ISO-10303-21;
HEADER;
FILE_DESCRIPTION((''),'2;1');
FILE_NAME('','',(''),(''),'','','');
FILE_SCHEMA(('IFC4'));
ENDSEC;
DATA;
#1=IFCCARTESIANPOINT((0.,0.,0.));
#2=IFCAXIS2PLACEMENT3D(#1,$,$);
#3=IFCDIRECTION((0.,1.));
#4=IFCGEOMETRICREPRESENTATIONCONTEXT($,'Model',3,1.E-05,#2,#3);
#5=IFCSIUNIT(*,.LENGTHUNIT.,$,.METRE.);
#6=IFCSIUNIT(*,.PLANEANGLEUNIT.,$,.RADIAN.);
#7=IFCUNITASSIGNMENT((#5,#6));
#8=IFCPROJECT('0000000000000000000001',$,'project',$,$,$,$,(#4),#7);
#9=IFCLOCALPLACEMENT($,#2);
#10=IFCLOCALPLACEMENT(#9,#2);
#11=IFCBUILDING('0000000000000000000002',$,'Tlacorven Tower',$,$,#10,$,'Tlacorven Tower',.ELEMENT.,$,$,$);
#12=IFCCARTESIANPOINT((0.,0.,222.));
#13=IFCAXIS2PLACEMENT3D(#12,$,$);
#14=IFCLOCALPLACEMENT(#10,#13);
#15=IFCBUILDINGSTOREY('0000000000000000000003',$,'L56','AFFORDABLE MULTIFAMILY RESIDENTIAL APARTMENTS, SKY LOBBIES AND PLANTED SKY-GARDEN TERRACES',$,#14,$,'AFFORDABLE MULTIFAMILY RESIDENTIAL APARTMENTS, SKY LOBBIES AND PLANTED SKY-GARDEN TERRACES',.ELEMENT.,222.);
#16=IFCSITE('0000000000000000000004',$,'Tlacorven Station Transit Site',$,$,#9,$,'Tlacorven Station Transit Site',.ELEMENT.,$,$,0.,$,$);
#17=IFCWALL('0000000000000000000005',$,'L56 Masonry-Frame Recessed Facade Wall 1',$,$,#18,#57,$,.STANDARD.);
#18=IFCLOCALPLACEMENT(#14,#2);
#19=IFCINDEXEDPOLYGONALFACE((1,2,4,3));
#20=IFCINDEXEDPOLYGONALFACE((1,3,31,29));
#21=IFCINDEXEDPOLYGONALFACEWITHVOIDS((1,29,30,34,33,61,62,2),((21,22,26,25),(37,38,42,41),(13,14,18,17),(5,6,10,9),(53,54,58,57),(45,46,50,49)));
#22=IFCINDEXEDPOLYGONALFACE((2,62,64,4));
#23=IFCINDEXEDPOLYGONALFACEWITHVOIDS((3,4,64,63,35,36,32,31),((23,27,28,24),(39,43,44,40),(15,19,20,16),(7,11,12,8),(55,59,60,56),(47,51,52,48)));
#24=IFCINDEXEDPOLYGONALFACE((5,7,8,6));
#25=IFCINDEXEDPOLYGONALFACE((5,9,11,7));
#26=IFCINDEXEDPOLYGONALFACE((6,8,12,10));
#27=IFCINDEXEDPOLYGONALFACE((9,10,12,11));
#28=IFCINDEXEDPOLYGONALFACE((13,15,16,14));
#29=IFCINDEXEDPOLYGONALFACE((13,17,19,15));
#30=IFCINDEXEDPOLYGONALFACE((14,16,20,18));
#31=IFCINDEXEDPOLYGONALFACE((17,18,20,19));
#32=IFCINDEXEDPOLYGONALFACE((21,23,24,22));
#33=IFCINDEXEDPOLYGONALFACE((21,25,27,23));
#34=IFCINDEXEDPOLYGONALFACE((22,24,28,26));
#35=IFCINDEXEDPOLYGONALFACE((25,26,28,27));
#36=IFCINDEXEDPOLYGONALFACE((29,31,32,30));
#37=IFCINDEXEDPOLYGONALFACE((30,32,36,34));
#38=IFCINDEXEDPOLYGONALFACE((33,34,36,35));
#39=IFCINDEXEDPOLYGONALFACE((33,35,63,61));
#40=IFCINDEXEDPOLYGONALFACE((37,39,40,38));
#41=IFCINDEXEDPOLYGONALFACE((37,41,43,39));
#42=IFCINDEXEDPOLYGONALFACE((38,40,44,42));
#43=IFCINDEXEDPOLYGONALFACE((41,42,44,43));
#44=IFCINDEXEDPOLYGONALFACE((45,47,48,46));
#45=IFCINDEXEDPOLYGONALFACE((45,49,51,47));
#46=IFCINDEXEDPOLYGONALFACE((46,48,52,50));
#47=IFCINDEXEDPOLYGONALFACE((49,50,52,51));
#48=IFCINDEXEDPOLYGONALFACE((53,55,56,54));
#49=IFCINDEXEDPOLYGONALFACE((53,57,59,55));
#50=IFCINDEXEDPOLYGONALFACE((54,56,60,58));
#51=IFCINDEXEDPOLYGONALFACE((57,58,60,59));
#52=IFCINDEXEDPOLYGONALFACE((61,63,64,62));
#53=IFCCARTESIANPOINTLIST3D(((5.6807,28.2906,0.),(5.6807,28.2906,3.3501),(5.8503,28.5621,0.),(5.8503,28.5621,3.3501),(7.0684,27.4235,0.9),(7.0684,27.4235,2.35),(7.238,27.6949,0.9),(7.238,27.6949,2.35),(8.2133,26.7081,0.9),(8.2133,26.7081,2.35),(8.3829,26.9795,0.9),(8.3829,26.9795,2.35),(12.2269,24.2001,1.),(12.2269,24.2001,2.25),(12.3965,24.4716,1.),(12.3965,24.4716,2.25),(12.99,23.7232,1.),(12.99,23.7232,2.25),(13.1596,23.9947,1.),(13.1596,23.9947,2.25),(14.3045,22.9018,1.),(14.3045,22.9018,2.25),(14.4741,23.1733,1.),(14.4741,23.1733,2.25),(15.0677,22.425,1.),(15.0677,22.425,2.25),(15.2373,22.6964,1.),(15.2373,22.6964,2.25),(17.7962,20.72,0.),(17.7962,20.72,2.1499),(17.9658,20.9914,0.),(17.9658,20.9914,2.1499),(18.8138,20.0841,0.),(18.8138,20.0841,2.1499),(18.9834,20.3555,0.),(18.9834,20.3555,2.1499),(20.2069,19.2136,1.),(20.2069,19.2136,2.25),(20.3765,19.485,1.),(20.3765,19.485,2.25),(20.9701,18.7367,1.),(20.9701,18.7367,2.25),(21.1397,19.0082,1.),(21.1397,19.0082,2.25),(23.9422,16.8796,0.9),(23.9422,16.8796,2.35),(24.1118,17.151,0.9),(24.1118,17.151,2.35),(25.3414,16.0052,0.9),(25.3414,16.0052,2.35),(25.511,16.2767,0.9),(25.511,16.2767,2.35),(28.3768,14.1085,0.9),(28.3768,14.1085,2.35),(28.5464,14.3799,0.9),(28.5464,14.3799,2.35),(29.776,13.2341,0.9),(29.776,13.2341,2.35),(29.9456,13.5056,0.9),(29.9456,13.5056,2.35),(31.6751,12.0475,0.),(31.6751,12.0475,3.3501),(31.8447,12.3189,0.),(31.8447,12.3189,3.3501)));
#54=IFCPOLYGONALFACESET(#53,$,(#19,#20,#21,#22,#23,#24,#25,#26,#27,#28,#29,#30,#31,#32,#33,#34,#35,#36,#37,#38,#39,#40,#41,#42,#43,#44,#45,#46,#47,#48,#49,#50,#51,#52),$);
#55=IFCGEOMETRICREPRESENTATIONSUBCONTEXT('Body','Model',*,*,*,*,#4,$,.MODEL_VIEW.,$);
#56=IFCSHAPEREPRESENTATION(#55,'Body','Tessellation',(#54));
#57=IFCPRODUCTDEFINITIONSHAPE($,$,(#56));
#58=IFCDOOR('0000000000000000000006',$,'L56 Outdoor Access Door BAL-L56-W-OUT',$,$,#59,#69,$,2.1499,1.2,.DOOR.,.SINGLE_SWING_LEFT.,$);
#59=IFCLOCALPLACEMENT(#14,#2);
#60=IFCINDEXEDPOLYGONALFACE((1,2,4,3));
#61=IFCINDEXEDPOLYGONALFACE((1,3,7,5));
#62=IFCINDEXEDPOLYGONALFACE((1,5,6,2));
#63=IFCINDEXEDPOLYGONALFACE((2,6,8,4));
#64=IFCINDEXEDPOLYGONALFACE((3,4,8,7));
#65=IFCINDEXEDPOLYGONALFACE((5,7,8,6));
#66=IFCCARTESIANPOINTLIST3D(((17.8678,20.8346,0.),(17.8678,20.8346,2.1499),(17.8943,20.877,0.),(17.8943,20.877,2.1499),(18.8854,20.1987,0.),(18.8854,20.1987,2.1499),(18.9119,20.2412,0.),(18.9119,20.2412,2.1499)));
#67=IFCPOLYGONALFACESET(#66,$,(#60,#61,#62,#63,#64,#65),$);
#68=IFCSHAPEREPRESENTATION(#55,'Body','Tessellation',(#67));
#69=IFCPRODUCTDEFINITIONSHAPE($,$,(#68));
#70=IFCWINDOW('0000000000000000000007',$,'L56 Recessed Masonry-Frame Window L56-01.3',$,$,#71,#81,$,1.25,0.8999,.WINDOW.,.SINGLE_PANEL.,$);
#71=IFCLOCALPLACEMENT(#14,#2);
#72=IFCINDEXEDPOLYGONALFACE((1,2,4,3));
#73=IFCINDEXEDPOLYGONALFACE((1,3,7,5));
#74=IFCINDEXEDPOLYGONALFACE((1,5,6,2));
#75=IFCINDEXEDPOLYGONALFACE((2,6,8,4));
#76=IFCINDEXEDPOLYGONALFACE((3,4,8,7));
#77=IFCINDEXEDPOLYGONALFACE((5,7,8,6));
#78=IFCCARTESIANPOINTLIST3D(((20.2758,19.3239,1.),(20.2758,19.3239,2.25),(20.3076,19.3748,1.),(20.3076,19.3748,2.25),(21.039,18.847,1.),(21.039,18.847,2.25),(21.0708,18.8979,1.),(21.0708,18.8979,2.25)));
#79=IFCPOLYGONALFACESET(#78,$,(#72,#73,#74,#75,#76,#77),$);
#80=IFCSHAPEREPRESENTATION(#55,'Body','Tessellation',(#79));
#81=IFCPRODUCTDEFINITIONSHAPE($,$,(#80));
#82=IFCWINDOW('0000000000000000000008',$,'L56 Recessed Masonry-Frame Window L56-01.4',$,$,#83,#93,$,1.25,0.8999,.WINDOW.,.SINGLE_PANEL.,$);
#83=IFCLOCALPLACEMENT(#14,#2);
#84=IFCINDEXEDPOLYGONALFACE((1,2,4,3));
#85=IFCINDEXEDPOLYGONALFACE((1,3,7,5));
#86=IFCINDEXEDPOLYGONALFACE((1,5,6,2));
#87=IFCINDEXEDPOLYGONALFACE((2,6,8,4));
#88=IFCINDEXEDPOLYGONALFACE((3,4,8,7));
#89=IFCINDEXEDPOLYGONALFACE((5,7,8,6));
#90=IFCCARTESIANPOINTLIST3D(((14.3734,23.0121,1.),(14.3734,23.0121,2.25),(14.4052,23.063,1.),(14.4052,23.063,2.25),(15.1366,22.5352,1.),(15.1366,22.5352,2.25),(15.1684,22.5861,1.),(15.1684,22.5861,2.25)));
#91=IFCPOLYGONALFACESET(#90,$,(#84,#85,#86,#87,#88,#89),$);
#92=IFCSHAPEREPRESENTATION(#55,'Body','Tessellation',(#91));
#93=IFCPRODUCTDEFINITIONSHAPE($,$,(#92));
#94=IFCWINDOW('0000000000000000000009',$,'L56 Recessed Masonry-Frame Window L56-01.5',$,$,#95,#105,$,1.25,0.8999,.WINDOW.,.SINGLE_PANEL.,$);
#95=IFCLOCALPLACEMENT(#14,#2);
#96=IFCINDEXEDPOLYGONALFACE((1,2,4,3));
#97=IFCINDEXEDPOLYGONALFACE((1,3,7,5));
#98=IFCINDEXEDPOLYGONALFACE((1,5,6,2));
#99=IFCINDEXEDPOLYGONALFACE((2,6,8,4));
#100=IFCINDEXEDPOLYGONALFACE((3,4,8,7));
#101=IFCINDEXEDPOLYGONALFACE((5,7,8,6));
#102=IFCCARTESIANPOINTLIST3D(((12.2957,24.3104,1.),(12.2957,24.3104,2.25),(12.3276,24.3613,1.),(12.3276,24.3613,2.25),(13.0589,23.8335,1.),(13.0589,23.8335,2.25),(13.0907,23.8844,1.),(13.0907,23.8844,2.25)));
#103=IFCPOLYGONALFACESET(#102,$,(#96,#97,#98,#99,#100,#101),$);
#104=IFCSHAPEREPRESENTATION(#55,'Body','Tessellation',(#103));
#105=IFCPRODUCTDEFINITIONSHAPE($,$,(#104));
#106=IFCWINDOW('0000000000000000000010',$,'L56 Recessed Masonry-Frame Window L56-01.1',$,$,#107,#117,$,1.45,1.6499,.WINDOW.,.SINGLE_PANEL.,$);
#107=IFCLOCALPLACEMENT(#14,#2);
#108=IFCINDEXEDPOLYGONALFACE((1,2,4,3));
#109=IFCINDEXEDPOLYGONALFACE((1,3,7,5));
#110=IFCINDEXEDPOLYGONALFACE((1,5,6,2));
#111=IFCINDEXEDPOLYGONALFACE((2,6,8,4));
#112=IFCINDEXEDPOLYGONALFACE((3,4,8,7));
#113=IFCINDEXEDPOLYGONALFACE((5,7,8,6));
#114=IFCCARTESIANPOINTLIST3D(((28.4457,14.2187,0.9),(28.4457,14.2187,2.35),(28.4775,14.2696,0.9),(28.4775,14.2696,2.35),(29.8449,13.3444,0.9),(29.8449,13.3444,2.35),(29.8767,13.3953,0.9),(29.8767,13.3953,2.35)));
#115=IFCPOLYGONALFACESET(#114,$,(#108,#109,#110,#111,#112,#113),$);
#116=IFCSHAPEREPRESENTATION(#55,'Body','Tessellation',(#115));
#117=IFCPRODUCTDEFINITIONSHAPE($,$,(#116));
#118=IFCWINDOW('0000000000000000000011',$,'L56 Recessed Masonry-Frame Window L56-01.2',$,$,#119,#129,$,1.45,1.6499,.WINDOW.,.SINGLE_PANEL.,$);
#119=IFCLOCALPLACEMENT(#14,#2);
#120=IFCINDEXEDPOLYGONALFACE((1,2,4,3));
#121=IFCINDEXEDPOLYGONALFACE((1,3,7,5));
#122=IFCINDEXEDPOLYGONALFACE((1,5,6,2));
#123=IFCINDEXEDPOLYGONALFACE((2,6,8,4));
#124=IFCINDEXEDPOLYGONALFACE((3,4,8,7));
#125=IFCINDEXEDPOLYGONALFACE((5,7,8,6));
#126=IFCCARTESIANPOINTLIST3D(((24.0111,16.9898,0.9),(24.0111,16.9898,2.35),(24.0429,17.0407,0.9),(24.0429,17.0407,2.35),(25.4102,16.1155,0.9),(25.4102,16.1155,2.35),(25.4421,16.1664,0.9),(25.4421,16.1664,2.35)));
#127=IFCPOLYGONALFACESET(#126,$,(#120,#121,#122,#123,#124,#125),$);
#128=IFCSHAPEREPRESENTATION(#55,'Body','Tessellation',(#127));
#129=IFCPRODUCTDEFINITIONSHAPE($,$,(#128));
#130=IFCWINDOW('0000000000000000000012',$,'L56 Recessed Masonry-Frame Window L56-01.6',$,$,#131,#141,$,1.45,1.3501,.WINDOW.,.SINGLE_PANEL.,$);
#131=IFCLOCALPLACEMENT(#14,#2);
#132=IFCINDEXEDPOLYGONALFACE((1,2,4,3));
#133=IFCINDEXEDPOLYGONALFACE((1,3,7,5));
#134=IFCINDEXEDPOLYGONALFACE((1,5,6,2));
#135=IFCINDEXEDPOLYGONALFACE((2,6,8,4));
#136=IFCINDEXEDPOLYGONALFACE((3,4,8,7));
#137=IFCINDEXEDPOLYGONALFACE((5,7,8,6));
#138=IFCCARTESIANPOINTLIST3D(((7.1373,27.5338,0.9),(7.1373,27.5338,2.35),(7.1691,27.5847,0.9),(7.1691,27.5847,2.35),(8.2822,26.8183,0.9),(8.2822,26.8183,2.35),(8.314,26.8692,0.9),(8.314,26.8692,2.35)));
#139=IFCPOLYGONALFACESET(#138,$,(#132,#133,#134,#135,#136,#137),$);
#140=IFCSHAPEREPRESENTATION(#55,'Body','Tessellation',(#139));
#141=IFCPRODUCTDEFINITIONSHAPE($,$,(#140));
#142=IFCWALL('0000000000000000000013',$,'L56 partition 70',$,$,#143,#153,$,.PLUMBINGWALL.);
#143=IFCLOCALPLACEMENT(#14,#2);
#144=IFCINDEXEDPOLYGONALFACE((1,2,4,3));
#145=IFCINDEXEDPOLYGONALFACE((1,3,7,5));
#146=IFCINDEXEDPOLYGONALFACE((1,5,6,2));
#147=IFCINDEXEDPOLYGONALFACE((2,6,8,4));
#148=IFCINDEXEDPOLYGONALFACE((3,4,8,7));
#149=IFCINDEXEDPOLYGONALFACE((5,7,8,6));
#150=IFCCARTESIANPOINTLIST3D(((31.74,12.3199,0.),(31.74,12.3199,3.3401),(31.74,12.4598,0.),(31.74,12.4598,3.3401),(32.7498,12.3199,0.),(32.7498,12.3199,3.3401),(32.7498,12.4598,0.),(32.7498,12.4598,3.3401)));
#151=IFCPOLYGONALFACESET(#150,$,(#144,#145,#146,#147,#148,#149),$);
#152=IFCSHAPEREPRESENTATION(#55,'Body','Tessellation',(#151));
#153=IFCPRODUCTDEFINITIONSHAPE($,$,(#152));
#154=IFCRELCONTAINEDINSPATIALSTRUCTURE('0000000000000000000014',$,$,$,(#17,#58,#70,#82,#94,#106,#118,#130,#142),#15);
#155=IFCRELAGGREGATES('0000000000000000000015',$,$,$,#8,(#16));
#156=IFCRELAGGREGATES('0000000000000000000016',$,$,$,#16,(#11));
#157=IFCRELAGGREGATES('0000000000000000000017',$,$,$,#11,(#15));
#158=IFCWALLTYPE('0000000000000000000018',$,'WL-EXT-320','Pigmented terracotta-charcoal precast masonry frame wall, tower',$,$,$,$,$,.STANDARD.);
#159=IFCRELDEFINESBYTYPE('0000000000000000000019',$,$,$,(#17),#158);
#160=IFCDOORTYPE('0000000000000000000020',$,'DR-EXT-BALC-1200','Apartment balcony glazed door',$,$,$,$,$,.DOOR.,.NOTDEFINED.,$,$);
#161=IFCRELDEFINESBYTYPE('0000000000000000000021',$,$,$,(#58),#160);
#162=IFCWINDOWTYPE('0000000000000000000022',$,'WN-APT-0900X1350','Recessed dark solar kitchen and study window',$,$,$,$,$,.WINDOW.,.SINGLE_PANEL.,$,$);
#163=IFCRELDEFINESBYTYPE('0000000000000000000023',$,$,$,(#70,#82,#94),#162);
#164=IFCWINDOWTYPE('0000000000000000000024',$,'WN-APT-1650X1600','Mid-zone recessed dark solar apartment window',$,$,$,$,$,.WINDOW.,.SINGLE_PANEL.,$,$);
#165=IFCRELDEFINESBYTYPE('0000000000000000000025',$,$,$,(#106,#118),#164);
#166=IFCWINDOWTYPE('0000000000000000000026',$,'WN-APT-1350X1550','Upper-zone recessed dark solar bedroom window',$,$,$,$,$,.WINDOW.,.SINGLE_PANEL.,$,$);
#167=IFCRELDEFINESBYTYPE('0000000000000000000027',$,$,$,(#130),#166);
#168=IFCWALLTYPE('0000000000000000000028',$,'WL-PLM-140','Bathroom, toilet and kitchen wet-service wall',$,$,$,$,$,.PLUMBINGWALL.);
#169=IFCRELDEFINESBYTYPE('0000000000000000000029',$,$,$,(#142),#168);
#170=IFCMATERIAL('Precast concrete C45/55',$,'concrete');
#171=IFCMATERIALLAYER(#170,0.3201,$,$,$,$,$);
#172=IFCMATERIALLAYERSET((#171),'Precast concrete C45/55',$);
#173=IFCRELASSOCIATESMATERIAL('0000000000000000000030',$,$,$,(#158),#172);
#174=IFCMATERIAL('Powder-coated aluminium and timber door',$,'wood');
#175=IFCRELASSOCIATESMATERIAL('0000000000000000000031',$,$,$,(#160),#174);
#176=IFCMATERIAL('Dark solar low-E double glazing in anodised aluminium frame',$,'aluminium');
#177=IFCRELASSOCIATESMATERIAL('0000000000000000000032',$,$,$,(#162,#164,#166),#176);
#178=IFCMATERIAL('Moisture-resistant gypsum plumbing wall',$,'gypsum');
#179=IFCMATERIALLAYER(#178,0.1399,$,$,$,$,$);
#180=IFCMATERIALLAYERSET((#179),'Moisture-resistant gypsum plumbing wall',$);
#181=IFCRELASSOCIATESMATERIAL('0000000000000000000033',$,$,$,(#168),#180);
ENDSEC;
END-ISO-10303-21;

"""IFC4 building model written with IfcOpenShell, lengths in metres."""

from ifc_helpers import new_model, si_unit, direction, frame, frame_2d, origin, place, context, subcontext, project, spatial, rectangle, extrude, source, transform, mapped, material, layer, layer_set, type_object, element, fill, save


model = new_model("IFC4")

# Units and contexts
model_context = context("Model", 3, precision=1e-05, world=origin(), true_north=direction((0.0, 1.0)))
body_context = subcontext(model_context, "Body", "Model", "MODEL_VIEW")
ifc_project = project(units=[si_unit("LENGTHUNIT", "METRE"), si_unit("PLANEANGLEUNIT", "RADIAN")], contexts=[model_context])

# Site, building, storey
site_placement = place(None, origin())
site = spatial("IfcSite", under=ifc_project, at=site_placement, Name="Tlacorven Station Transit Site", LongName="Tlacorven Station Transit Site", CompositionType="ELEMENT", RefElevation=0.0)
building_placement = place(site_placement, origin())
building = spatial("IfcBuilding", under=site, at=building_placement, Name="Tlacorven Tower", LongName="Tlacorven Tower", CompositionType="ELEMENT")
storey_placement = place(building_placement, frame((0.0, 0.0, 222.0)))
storey = spatial("IfcBuildingStorey", under=building, at=storey_placement, Name="L56", Description="AFFORDABLE MULTIFAMILY RESIDENTIAL APARTMENTS, SKY LOBBIES AND PLANTED SKY-GARDEN TERRACES", LongName="AFFORDABLE MULTIFAMILY RESIDENTIAL APARTMENTS, SKY LOBBIES AND PLANTED SKY-GARDEN TERRACES", CompositionType="ELEMENT", Elevation=222.0)

# Wall, openings, door, windows
ifc_material_1 = material(Name="Precast concrete C45/55", Category="concrete")
ifc_layer_1 = layer(ifc_material_1, 0.3201)
ifc_layer_set_1 = layer_set([ifc_layer_1], Name="Precast concrete C45/55")
wall_type_1 = type_object("IfcWallType", Name="WL-EXT-320", Description="Pigmented terracotta-charcoal precast masonry frame wall, tower", PredefinedType="STANDARD", material=ifc_layer_set_1)
wall_1_placement = place(storey_placement, frame((31.76, 12.1831, 0.0), z_axis=(0.0, 0.0, 1.0), x_axis=(-0.848047, 0.529921, 0.0)))
wall_1 = element("IfcWall", 1, at=wall_1_placement, inside=storey, type_object=wall_type_1, Name="L56 Masonry-Frame Recessed Facade Wall 1", PredefinedType="STANDARD", context=body_context, shape_type="SweptSolid", body=[
    extrude(rectangle(XDim=30.6521, YDim=0.3201, at=frame_2d((15.3262, 0.0))), origin(), (0.0, 0.0, 1.0), 3.3501),
])
opening_1_placement = place(wall_1_placement, frame((15.1658, 0.0, 0.0)))
opening_1 = element("IfcOpeningElement", 2, at=opening_1_placement, cuts=wall_1, PredefinedType="OPENING", context=body_context, shape_type="SweptSolid", body=[
    extrude(rectangle(XDim=1.2, YDim=2.1499, at=frame_2d((0.6001, 1.075))), frame((0.0, 0.1699, 0.0), z_axis=(0.0, -1.0, 0.0), x_axis=(1.0, 0.0, 0.0)), (0.0, 0.0, 1.0), 0.3401),
])
opening_2_placement = place(wall_1_placement, frame((2.2395, 0.0, 0.8999)))
opening_2 = element("IfcOpeningElement", 3, at=opening_2_placement, cuts=wall_1, PredefinedType="OPENING", context=body_context, shape_type="SweptSolid", body=[
    extrude(rectangle(XDim=1.6499, YDim=1.45, at=frame_2d((0.825, 0.7251))), frame((0.0, 0.1699, 0.0), z_axis=(0.0, -1.0, 0.0), x_axis=(1.0, 0.0, 0.0)), (0.0, 0.0, 1.0), 0.3401),
])
opening_3_placement = place(wall_1_placement, frame((7.4688, 0.0, 0.8999)))
opening_3 = element("IfcOpeningElement", 4, at=opening_3_placement, cuts=wall_1, PredefinedType="OPENING", context=body_context, shape_type="SweptSolid", body=[
    extrude(rectangle(XDim=1.6499, YDim=1.45, at=frame_2d((0.825, 0.7251))), frame((0.0, 0.1699, 0.0), z_axis=(0.0, -1.0, 0.0), x_axis=(1.0, 0.0, 0.0)), (0.0, 0.0, 1.0), 0.3401),
])
opening_4_placement = place(wall_1_placement, frame((12.6233, 0.0, 1.0)))
opening_4 = element("IfcOpeningElement", 5, at=opening_4_placement, cuts=wall_1, PredefinedType="OPENING", context=body_context, shape_type="SweptSolid", body=[
    extrude(rectangle(XDim=0.8999, YDim=1.25, at=frame_2d((0.45, 0.625))), frame((0.0, 0.1699, 0.0), z_axis=(0.0, -1.0, 0.0), x_axis=(1.0, 0.0, 0.0)), (0.0, 0.0, 1.0), 0.3401),
])
opening_5_placement = place(wall_1_placement, frame((19.5833, 0.0, 1.0)))
opening_5 = element("IfcOpeningElement", 6, at=opening_5_placement, cuts=wall_1, PredefinedType="OPENING", context=body_context, shape_type="SweptSolid", body=[
    extrude(rectangle(XDim=0.8999, YDim=1.25, at=frame_2d((0.45, 0.625))), frame((0.0, 0.1699, 0.0), z_axis=(0.0, -1.0, 0.0), x_axis=(1.0, 0.0, 0.0)), (0.0, 0.0, 1.0), 0.3401),
])
opening_6_placement = place(wall_1_placement, frame((22.0332, 0.0, 1.0)))
opening_6 = element("IfcOpeningElement", 7, at=opening_6_placement, cuts=wall_1, PredefinedType="OPENING", context=body_context, shape_type="SweptSolid", body=[
    extrude(rectangle(XDim=0.8999, YDim=1.25, at=frame_2d((0.45, 0.625))), frame((0.0, 0.1699, 0.0), z_axis=(0.0, -1.0, 0.0), x_axis=(1.0, 0.0, 0.0)), (0.0, 0.0, 1.0), 0.3401),
])
opening_7_placement = place(wall_1_placement, frame((27.6658, 0.0, 0.8999)))
opening_7 = element("IfcOpeningElement", 8, at=opening_7_placement, cuts=wall_1, PredefinedType="OPENING", context=body_context, shape_type="SweptSolid", body=[
    extrude(rectangle(XDim=1.3501, YDim=1.45, at=frame_2d((0.675, 0.7251))), frame((0.0, 0.1699, 0.0), z_axis=(0.0, -1.0, 0.0), x_axis=(1.0, 0.0, 0.0)), (0.0, 0.0, 1.0), 0.3401),
])
ifc_material_2 = material(Name="Powder-coated aluminium and timber door", Category="wood")
door_type_1 = type_object("IfcDoorType", Name="DR-EXT-BALC-1200", Description="Apartment balcony glazed door", OperationType="NOTDEFINED", PredefinedType="DOOR", material=ifc_material_2)
shared_shape_1 = source(origin(), body_context, "Body", "SweptSolid", [
    extrude(rectangle(XDim=1.2, YDim=2.1499, at=frame_2d((0.6001, 1.075))), frame((0.0, 0.0249, 0.0), z_axis=(0.0, -1.0, 0.0), x_axis=(1.0, 0.0, 0.0)), (0.0, 0.0, 1.0), 0.05),
])
door_1_placement = place(opening_1_placement, origin())
door_1 = element("IfcDoor", 9, at=door_1_placement, inside=storey, type_object=door_type_1, Name="L56 Outdoor Access Door BAL-L56-W-OUT", OperationType="SINGLE_SWING_LEFT", OverallHeight=2.1499, OverallWidth=1.2, PredefinedType="DOOR", context=body_context, shape_type="MappedRepresentation", body=[
    mapped(shared_shape_1, transform((0.0, 0.0, 0.0), scale=1.0)),
])
fill(opening_1, door_1)
ifc_material_3 = material(Name="Dark solar low-E double glazing in anodised aluminium frame", Category="aluminium")
window_type_1 = type_object("IfcWindowType", Name="WN-APT-0900X1350", Description="Recessed dark solar kitchen and study window", PartitioningType="SINGLE_PANEL", PredefinedType="WINDOW", material=ifc_material_3)
shared_shape_2 = source(origin(), body_context, "Body", "SweptSolid", [
    extrude(rectangle(XDim=0.8999, YDim=1.25, at=frame_2d((0.45, 0.625))), frame((0.0, 0.03, 0.0), z_axis=(0.0, -1.0, 0.0), x_axis=(1.0, 0.0, 0.0)), (0.0, 0.0, 1.0), 0.0601),
])
window_1_placement = place(opening_4_placement, origin())
window_1 = element("IfcWindow", 10, at=window_1_placement, inside=storey, type_object=window_type_1, Name="L56 Recessed Masonry-Frame Window L56-01.3", OverallHeight=1.25, OverallWidth=0.8999, PartitioningType="SINGLE_PANEL", PredefinedType="WINDOW", context=body_context, shape_type="MappedRepresentation", body=[
    mapped(shared_shape_2, transform((0.0, 0.0, 0.0), scale=1.0)),
])
fill(opening_4, window_1)
window_2_placement = place(opening_5_placement, origin())
window_2 = element("IfcWindow", 11, at=window_2_placement, inside=storey, type_object=window_type_1, Name="L56 Recessed Masonry-Frame Window L56-01.4", OverallHeight=1.25, OverallWidth=0.8999, PartitioningType="SINGLE_PANEL", PredefinedType="WINDOW", context=body_context, shape_type="MappedRepresentation", body=[
    mapped(shared_shape_2, transform((0.0, 0.0, 0.0), scale=1.0)),
])
fill(opening_5, window_2)
window_3_placement = place(opening_6_placement, origin())
window_3 = element("IfcWindow", 12, at=window_3_placement, inside=storey, type_object=window_type_1, Name="L56 Recessed Masonry-Frame Window L56-01.5", OverallHeight=1.25, OverallWidth=0.8999, PartitioningType="SINGLE_PANEL", PredefinedType="WINDOW", context=body_context, shape_type="MappedRepresentation", body=[
    mapped(shared_shape_2, transform((0.0, 0.0, 0.0), scale=1.0)),
])
fill(opening_6, window_3)
window_type_2 = type_object("IfcWindowType", Name="WN-APT-1650X1600", Description="Mid-zone recessed dark solar apartment window", PartitioningType="SINGLE_PANEL", PredefinedType="WINDOW", material=ifc_material_3)
shared_shape_3 = source(origin(), body_context, "Body", "SweptSolid", [
    extrude(rectangle(XDim=1.6499, YDim=1.45, at=frame_2d((0.825, 0.7251))), frame((0.0, 0.03, 0.0), z_axis=(0.0, -1.0, 0.0), x_axis=(1.0, 0.0, 0.0)), (0.0, 0.0, 1.0), 0.0601),
])
window_4_placement = place(opening_2_placement, origin())
window_4 = element("IfcWindow", 13, at=window_4_placement, inside=storey, type_object=window_type_2, Name="L56 Recessed Masonry-Frame Window L56-01.1", OverallHeight=1.45, OverallWidth=1.6499, PartitioningType="SINGLE_PANEL", PredefinedType="WINDOW", context=body_context, shape_type="MappedRepresentation", body=[
    mapped(shared_shape_3, transform((0.0, 0.0, 0.0), scale=1.0)),
])
fill(opening_2, window_4)
window_5_placement = place(opening_3_placement, origin())
window_5 = element("IfcWindow", 14, at=window_5_placement, inside=storey, type_object=window_type_2, Name="L56 Recessed Masonry-Frame Window L56-01.2", OverallHeight=1.45, OverallWidth=1.6499, PartitioningType="SINGLE_PANEL", PredefinedType="WINDOW", context=body_context, shape_type="MappedRepresentation", body=[
    mapped(shared_shape_3, transform((0.0, 0.0, 0.0), scale=1.0)),
])
fill(opening_3, window_5)
window_type_3 = type_object("IfcWindowType", Name="WN-APT-1350X1550", Description="Upper-zone recessed dark solar bedroom window", PartitioningType="SINGLE_PANEL", PredefinedType="WINDOW", material=ifc_material_3)
shared_shape_4 = source(origin(), body_context, "Body", "SweptSolid", [
    extrude(rectangle(XDim=1.3501, YDim=1.45, at=frame_2d((0.675, 0.7251))), frame((0.0, 0.03, 0.0), z_axis=(0.0, -1.0, 0.0), x_axis=(1.0, 0.0, 0.0)), (0.0, 0.0, 1.0), 0.0601),
])
window_6_placement = place(opening_7_placement, origin())
window_6 = element("IfcWindow", 15, at=window_6_placement, inside=storey, type_object=window_type_3, Name="L56 Recessed Masonry-Frame Window L56-01.6", OverallHeight=1.45, OverallWidth=1.3501, PartitioningType="SINGLE_PANEL", PredefinedType="WINDOW", context=body_context, shape_type="MappedRepresentation", body=[
    mapped(shared_shape_4, transform((0.0, 0.0, 0.0), scale=1.0)),
])
fill(opening_7, window_6)

# Wall
ifc_material_4 = material(Name="Moisture-resistant gypsum plumbing wall", Category="gypsum")
ifc_layer_2 = layer(ifc_material_4, 0.1399)
ifc_layer_set_2 = layer_set([ifc_layer_2], Name="Moisture-resistant gypsum plumbing wall")
wall_type_2 = type_object("IfcWallType", Name="WL-PLM-140", Description="Bathroom, toilet and kitchen wet-service wall", PredefinedType="PLUMBINGWALL", material=ifc_layer_set_2)
wall_2_placement = place(storey_placement, frame((31.74, 12.3899, 0.0), z_axis=(0.0, 0.0, 1.0), x_axis=(1.0, 0.0, 0.0)))
element("IfcWall", 16, at=wall_2_placement, inside=storey, type_object=wall_type_2, Name="L56 partition 70", PredefinedType="PLUMBINGWALL", context=body_context, shape_type="SweptSolid", body=[
    extrude(rectangle(XDim=1.0098, YDim=0.1399, at=frame_2d((0.5049, 0.0))), origin(), (0.0, 0.0, 1.0), 3.3401),
])

save(model, "model.ifc")
